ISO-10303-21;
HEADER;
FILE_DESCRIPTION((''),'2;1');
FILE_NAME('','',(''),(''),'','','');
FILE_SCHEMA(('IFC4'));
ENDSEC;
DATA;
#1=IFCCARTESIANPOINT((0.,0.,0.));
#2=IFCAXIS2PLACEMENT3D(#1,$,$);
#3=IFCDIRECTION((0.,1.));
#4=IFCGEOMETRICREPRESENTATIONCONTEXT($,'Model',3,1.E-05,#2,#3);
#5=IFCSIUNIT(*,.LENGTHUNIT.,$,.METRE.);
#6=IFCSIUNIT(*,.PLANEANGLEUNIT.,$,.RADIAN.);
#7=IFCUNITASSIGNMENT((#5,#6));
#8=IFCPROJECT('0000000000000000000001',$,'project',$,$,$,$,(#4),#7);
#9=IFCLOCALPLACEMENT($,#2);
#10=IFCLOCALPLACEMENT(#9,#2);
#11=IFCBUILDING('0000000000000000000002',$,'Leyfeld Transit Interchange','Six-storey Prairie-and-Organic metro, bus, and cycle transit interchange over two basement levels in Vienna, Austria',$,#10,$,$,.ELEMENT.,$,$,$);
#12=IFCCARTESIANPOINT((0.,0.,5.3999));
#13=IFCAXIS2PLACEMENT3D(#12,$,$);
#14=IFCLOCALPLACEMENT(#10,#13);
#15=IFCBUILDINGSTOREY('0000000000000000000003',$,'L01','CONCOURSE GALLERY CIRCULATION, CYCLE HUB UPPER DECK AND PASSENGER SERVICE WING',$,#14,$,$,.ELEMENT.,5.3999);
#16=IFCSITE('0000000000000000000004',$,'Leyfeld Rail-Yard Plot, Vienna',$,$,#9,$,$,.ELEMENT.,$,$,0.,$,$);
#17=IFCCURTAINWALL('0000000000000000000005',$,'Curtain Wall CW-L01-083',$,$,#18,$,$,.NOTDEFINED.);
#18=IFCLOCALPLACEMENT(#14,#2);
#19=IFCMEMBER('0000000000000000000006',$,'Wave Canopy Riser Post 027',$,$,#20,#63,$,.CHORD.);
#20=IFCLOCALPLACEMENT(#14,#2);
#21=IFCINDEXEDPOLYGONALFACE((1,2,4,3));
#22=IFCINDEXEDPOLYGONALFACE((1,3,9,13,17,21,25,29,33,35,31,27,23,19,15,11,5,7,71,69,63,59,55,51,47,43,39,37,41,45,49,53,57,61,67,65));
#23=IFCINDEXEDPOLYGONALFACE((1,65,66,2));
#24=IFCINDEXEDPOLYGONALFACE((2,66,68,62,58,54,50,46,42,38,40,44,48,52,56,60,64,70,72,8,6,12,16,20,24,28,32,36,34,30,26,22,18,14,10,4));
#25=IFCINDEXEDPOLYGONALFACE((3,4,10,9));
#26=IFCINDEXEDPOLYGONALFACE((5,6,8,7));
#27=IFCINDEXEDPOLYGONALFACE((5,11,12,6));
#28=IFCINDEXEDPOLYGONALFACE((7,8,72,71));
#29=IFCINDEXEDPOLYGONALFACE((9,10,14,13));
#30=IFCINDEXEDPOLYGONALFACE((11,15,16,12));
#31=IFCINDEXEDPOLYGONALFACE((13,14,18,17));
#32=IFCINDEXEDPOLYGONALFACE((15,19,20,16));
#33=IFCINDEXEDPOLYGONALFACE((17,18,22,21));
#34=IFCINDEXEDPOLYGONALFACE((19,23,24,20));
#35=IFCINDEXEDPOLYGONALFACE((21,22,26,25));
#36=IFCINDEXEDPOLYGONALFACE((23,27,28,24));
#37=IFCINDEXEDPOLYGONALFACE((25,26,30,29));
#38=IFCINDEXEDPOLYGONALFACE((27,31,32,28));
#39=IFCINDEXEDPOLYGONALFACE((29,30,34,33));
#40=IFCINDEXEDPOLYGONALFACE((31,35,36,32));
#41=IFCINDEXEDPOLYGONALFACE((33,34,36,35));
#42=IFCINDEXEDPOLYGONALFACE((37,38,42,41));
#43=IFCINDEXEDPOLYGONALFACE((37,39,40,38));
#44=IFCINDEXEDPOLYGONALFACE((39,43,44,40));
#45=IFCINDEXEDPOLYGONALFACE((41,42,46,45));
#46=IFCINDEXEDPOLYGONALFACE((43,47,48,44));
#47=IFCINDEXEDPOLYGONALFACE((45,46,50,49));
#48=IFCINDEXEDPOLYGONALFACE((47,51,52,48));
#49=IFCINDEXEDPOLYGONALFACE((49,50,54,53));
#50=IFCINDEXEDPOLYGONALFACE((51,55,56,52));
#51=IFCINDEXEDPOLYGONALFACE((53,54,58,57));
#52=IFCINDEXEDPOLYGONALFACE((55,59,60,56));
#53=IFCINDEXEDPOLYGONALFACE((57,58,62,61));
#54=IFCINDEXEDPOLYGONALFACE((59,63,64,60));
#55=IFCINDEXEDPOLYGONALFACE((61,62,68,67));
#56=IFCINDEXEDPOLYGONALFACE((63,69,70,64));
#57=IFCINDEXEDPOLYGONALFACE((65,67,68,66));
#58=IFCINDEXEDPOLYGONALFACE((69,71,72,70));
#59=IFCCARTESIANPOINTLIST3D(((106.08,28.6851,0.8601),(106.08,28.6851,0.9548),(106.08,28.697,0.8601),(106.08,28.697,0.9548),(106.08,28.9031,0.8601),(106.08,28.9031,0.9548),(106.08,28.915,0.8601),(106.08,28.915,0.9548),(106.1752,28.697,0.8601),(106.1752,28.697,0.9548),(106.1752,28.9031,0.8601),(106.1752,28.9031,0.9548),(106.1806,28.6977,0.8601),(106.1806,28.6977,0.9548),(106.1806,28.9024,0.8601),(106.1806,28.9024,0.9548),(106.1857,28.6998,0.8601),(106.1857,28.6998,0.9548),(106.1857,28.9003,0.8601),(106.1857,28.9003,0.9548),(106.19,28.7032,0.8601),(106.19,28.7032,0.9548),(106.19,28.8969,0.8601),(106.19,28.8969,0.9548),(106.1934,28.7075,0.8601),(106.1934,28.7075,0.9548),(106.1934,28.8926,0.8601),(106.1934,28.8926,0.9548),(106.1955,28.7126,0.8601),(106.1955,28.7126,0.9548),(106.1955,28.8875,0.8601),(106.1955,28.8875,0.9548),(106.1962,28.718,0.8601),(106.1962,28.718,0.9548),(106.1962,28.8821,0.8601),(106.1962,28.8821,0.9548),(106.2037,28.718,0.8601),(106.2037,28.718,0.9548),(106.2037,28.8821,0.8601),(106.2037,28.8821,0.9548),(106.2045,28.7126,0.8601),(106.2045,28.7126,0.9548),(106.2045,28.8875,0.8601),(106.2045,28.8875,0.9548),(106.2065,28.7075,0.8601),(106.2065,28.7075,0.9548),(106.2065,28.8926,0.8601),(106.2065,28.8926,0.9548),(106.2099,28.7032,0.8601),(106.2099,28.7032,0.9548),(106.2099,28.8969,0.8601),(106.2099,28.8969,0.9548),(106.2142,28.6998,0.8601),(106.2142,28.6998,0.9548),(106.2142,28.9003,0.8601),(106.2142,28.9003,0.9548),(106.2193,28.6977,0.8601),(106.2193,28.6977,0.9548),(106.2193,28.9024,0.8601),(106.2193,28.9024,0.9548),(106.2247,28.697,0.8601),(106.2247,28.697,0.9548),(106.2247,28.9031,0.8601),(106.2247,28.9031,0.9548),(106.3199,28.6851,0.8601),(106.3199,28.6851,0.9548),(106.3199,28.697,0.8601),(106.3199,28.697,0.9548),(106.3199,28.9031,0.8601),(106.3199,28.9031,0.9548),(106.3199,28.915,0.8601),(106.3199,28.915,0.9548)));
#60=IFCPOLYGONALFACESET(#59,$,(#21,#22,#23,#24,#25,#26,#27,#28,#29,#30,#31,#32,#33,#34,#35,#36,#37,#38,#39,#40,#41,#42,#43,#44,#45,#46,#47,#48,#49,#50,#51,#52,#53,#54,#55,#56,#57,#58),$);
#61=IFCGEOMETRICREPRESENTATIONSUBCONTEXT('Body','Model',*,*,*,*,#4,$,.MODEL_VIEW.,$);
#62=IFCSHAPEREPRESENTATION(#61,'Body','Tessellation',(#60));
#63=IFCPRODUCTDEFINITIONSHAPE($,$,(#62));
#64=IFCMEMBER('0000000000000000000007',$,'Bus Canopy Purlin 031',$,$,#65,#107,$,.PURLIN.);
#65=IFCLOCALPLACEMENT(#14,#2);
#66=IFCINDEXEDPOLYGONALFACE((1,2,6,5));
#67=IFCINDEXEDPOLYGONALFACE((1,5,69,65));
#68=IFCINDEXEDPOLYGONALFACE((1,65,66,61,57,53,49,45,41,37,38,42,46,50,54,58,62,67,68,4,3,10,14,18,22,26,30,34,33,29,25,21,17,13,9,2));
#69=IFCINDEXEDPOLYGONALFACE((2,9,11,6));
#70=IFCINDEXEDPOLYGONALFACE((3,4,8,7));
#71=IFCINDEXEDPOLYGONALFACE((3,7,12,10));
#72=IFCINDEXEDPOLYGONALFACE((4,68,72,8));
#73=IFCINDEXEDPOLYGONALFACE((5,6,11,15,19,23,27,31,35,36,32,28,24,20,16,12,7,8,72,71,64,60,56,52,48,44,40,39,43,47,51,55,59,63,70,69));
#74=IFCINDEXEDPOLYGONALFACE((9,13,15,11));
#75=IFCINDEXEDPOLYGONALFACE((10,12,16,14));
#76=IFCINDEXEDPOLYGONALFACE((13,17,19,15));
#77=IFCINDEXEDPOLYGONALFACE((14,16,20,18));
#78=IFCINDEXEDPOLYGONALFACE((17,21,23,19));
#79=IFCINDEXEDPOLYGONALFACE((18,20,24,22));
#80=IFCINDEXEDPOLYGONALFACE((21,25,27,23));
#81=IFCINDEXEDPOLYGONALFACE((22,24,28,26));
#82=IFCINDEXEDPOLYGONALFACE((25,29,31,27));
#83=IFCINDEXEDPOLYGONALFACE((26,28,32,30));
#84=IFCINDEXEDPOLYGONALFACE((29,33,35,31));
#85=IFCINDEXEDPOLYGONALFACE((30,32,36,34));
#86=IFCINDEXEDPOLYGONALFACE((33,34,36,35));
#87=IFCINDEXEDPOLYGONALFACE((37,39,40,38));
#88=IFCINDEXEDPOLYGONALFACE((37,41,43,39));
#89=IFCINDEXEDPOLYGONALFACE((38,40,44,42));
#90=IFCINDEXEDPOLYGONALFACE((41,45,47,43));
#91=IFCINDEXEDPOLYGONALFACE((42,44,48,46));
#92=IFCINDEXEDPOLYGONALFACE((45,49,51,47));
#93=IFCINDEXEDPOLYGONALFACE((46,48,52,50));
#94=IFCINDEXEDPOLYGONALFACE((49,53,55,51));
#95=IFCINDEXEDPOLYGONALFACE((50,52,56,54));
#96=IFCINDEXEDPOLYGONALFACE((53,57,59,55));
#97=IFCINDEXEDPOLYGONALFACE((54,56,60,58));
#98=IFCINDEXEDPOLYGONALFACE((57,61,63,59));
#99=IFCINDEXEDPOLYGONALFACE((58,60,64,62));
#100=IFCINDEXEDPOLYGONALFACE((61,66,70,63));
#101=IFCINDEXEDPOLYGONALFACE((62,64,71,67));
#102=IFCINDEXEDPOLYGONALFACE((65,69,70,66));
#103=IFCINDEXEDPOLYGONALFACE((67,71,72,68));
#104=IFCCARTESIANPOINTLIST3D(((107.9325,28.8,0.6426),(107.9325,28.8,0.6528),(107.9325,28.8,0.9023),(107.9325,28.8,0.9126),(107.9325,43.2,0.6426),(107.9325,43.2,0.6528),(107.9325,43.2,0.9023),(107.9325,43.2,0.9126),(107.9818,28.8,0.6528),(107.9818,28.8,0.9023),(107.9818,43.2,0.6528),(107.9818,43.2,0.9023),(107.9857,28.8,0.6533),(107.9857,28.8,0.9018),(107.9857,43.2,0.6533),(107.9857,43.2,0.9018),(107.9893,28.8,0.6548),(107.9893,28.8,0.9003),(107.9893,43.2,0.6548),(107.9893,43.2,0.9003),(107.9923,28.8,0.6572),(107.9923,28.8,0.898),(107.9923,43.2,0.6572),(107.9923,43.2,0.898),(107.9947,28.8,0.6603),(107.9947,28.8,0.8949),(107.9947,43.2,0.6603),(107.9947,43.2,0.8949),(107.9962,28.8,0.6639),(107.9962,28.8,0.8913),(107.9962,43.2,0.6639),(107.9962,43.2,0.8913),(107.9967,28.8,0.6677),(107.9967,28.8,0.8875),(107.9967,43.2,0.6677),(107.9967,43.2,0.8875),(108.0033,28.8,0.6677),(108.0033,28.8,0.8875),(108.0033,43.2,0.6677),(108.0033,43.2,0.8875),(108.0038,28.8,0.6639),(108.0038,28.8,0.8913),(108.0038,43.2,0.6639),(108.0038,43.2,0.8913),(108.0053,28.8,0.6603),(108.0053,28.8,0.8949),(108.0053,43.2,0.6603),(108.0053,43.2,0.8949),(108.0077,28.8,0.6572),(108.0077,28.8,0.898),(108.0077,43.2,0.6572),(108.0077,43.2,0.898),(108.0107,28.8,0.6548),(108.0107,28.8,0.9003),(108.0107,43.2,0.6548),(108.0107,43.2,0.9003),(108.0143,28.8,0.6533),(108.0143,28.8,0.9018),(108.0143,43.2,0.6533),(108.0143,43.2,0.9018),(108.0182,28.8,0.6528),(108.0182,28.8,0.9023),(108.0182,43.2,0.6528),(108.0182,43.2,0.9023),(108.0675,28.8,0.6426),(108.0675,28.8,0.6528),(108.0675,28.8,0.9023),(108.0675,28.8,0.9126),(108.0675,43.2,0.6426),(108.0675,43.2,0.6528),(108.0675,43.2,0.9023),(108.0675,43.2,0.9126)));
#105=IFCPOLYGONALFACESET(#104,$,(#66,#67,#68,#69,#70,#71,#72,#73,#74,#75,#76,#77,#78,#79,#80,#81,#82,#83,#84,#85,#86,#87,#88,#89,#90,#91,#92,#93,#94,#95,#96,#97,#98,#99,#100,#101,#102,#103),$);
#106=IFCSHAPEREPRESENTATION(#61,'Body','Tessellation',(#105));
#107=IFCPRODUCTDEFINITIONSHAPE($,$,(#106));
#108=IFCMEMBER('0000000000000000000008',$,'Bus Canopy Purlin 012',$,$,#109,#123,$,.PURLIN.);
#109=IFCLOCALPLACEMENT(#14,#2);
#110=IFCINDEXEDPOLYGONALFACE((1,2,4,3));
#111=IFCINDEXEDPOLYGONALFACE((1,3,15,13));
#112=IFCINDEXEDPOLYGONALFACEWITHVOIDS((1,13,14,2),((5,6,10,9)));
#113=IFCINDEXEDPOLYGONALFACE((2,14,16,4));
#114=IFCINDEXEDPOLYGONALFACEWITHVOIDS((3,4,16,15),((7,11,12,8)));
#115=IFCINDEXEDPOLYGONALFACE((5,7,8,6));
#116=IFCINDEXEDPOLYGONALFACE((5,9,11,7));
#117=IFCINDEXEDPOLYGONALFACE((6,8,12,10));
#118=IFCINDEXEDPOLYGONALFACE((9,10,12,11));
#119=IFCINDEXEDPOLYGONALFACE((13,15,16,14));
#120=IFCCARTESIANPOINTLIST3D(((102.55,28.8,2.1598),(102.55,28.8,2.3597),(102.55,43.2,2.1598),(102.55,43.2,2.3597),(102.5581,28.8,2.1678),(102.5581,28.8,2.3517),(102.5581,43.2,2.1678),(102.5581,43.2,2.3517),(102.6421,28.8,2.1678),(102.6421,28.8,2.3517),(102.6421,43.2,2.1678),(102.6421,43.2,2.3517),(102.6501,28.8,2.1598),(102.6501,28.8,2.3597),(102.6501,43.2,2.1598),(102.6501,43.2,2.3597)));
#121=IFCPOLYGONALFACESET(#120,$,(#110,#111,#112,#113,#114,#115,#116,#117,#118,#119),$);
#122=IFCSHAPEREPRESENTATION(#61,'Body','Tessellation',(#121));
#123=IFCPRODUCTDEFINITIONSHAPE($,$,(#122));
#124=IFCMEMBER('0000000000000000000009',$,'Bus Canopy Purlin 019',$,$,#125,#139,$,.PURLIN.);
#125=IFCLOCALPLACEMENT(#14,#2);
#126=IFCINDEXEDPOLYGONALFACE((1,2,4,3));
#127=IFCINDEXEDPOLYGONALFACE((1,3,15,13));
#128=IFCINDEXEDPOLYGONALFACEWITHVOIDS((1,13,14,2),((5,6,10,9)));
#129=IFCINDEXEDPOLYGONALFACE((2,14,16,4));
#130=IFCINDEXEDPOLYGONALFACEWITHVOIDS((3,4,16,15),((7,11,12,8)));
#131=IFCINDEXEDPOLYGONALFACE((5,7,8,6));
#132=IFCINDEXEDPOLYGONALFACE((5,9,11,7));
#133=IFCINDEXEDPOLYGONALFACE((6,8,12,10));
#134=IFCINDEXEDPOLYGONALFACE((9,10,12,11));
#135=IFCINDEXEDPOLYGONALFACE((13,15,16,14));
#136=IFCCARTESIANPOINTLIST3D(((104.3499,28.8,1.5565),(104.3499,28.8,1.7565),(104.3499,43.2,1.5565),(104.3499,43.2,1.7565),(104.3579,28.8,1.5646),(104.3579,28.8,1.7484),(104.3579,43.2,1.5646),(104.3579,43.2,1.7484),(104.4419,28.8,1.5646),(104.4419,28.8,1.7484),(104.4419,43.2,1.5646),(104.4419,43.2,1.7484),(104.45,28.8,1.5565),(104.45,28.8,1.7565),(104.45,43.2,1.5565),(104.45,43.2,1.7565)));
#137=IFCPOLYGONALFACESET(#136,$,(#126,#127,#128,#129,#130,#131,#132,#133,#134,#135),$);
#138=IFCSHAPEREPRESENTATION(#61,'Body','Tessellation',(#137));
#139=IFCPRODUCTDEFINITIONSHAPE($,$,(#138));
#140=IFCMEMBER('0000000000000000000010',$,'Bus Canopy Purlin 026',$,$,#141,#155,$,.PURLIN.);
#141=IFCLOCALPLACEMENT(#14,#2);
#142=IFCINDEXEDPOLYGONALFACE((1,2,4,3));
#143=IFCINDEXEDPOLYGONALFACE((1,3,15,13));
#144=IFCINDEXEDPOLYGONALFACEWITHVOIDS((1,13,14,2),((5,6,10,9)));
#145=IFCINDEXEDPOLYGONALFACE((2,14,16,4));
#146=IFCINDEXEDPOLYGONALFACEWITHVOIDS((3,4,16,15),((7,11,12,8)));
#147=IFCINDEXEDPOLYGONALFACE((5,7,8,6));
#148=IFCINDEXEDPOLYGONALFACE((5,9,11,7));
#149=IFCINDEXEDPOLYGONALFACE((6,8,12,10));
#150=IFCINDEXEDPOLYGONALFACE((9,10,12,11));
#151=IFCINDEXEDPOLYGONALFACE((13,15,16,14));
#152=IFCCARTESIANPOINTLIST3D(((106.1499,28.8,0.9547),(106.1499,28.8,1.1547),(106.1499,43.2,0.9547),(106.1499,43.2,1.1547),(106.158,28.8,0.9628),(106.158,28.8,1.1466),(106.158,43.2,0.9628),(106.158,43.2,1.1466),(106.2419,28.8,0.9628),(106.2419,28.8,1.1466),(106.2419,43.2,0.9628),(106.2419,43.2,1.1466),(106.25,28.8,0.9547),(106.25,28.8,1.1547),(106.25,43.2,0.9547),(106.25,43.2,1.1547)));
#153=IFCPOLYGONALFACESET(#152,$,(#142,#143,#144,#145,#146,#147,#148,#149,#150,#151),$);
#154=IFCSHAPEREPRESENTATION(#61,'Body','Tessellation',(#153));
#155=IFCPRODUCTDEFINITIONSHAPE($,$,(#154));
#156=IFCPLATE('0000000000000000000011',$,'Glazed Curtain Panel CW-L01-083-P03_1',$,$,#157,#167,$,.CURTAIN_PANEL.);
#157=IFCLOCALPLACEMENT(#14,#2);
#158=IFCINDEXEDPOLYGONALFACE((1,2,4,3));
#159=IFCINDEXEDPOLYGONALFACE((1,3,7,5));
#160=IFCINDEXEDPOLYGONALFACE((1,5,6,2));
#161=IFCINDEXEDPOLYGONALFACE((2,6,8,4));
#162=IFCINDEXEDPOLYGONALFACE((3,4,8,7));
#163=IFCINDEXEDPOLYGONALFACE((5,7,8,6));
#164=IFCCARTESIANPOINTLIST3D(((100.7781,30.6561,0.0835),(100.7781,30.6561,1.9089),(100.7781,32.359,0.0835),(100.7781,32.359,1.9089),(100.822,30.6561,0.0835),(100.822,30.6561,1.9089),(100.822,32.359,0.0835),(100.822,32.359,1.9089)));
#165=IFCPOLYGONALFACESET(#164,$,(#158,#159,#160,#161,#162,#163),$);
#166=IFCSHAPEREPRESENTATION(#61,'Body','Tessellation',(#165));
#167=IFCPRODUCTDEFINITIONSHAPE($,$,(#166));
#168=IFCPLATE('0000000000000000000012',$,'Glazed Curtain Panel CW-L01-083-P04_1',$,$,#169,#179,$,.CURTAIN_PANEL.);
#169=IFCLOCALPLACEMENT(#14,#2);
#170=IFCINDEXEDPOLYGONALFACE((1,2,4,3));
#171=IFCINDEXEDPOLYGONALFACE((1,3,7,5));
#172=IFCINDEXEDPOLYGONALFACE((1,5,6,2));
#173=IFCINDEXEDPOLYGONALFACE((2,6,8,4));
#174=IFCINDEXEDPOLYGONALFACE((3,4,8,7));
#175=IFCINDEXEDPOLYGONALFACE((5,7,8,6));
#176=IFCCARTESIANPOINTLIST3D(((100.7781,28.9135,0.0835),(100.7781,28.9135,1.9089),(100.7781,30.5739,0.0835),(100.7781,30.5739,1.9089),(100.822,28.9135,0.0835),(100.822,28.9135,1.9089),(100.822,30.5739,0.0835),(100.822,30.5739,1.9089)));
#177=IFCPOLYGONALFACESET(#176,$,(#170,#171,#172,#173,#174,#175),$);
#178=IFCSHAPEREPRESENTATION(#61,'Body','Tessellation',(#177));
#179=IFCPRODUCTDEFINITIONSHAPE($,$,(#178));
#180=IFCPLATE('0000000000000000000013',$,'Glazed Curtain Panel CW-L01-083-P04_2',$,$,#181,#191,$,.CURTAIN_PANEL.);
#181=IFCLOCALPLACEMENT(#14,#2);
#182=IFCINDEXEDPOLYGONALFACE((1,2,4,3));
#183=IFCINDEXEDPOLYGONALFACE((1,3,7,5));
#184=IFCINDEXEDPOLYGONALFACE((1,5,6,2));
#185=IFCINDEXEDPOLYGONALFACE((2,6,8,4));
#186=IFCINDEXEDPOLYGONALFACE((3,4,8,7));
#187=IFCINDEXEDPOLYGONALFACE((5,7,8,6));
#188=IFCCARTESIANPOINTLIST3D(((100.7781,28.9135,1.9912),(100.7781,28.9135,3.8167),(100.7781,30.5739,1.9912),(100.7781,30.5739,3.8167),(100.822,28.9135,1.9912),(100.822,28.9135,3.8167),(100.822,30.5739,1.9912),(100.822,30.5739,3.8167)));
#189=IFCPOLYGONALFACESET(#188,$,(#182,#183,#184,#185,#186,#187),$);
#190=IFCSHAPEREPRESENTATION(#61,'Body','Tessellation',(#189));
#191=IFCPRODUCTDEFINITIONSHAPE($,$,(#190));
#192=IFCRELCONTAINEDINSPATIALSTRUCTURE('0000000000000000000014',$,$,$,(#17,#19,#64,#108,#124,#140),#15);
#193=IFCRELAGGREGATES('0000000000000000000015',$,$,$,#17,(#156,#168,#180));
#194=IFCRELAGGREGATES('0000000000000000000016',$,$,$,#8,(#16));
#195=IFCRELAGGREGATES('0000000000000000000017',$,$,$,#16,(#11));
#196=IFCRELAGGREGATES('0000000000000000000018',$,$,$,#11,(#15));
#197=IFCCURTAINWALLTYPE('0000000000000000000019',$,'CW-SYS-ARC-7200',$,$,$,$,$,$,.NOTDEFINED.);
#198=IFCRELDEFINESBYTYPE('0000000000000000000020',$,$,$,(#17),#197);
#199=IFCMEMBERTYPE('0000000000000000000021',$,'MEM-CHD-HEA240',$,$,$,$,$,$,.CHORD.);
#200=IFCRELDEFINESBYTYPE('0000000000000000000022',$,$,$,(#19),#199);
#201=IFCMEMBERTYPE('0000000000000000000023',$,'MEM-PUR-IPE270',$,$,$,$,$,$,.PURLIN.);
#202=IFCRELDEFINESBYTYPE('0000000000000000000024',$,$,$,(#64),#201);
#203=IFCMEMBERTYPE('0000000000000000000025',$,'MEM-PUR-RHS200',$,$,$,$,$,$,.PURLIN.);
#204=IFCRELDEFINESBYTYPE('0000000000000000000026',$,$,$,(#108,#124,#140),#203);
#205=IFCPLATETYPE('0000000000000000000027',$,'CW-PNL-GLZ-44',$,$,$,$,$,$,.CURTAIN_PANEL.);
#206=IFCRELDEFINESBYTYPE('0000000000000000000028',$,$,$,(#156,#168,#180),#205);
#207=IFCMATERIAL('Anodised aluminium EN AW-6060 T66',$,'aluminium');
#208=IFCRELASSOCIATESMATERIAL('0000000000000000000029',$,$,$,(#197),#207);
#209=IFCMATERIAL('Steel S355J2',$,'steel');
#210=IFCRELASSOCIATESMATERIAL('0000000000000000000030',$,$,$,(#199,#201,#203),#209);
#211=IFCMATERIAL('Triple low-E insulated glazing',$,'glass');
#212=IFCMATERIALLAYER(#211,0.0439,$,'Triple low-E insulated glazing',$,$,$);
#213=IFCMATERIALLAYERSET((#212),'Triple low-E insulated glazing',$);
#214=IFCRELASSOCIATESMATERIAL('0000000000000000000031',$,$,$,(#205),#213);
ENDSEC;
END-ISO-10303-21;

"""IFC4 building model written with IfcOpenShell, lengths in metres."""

from ifc_helpers import new_model, si_unit, direction, frame, origin, origin_2d, place, context, subcontext, project, spatial, rectangle, hollow_rectangle, i_section, extrude, material, layer, layer_set, material_profile, profile_set, type_object, element, aggregate, save


model = new_model("IFC4")

# Units and contexts
model_context = context("Model", 3, precision=1e-05, world=origin(), true_north=direction((0.0, 1.0)))
body_context = subcontext(model_context, "Body", "Model", "MODEL_VIEW")
ifc_project = project(units=[si_unit("LENGTHUNIT", "METRE"), si_unit("PLANEANGLEUNIT", "RADIAN")], contexts=[model_context])

# Site, building, storey
site_placement = place(None, origin())
site = spatial("IfcSite", under=ifc_project, at=site_placement, Name="Leyfeld Rail-Yard Plot, Vienna", CompositionType="ELEMENT", RefElevation=0.0)
building_placement = place(site_placement, origin())
building = spatial("IfcBuilding", under=site, at=building_placement, Name="Leyfeld Transit Interchange", Description="Six-storey Prairie-and-Organic metro, bus, and cycle transit interchange over two basement levels in Vienna, Austria", CompositionType="ELEMENT")
storey_placement = place(building_placement, frame((0.0, 0.0, 5.3999)))
storey = spatial("IfcBuildingStorey", under=building, at=storey_placement, Name="L01", Description="CONCOURSE GALLERY CIRCULATION, CYCLE HUB UPPER DECK AND PASSENGER SERVICE WING", CompositionType="ELEMENT", Elevation=5.3999)

# Curtain wall
ifc_material_1 = material(Name="Anodised aluminium EN AW-6060 T66", Category="aluminium")
curtain_wall_type = type_object("IfcCurtainWallType", Name="CW-SYS-ARC-7200", PredefinedType="NOTDEFINED", material=ifc_material_1)
curtain_wall_placement = place(storey_placement, origin())
curtain_wall = element("IfcCurtainWall", 1, at=curtain_wall_placement, inside=storey, type_object=curtain_wall_type, Name="Curtain Wall CW-L01-083", PredefinedType="NOTDEFINED")

# Members
ifc_material_2 = material(Name="Steel S355J2", Category="steel")
ifc_material_profile_1 = material_profile(ifc_material_2, i_section(OverallWidth=0.24, OverallDepth=0.23, WebThickness=0.0076, FlangeThickness=0.012, FilletRadius=0.021, at=origin_2d()), Name="HEA 240")
ifc_profile_set_1 = profile_set([ifc_material_profile_1], Name="Steel S355J2")
member_type_1 = type_object("IfcMemberType", Name="MEM-CHD-HEA240", PredefinedType="CHORD", material=ifc_profile_set_1)
member_1_placement = place(storey_placement, frame((106.2, 28.8, 0.8601), z_axis=(0.0, 0.0, 1.0), x_axis=(1.0, 0.0, 0.0)))
element("IfcMember", 2, at=member_1_placement, inside=storey, type_object=member_type_1, Name="Wave Canopy Riser Post 027", PredefinedType="CHORD", context=body_context, shape_type="SweptSolid", body=[
    extrude(i_section(OverallWidth=0.24, OverallDepth=0.23, WebThickness=0.0076, FlangeThickness=0.012, FilletRadius=0.021, at=origin_2d()), origin(), (0.0, 0.0, 1.0), 0.0947),
])
ifc_material_profile_2 = material_profile(ifc_material_2, i_section(OverallWidth=0.135, OverallDepth=0.27, WebThickness=0.0066, FlangeThickness=0.0103, FilletRadius=0.0149, at=origin_2d()), Name="IPE 270")
ifc_profile_set_2 = profile_set([ifc_material_profile_2], Name="Steel S355J2")
member_type_2 = type_object("IfcMemberType", Name="MEM-PUR-IPE270", PredefinedType="PURLIN", material=ifc_profile_set_2)
member_2_placement = place(storey_placement, frame((108.0, 28.8, 0.7776), z_axis=(0.0, 1.0, 0.0), x_axis=(-1.0, 0.0, 0.0)))
element("IfcMember", 3, at=member_2_placement, inside=storey, type_object=member_type_2, Name="Bus Canopy Purlin 031", PredefinedType="PURLIN", context=body_context, shape_type="SweptSolid", body=[
    extrude(i_section(OverallWidth=0.135, OverallDepth=0.27, WebThickness=0.0066, FlangeThickness=0.0103, FilletRadius=0.0149, at=origin_2d()), origin(), (0.0, 0.0, 1.0), 14.3999),
])
ifc_material_profile_3 = material_profile(ifc_material_2, hollow_rectangle(XDim=0.1001, YDim=0.2, WallThickness=0.0081, at=origin_2d()), Name="RHS 200x100x8")
ifc_profile_set_3 = profile_set([ifc_material_profile_3], Name="Steel S355J2")
member_type_3 = type_object("IfcMemberType", Name="MEM-PUR-RHS200", PredefinedType="PURLIN", material=ifc_profile_set_3)
for number, where, z_axis, x_axis, name in (
    (4, (102.6001, 28.8, 2.2598), (0.0, 1.0, 0.0), (-1.0, 0.0, 0.0), "Bus Canopy Purlin 012"),
    (5, (104.3999, 28.8, 1.6565), (0.0, 1.0, 0.0), (-1.0, 0.0, 0.0), "Bus Canopy Purlin 019"),
    (6, (106.2, 28.8, 1.0547), (0.0, 1.0, 0.0), (-1.0, 0.0, 0.0), "Bus Canopy Purlin 026"),
):
    element("IfcMember", number, at=place(storey_placement, frame(where, z_axis=z_axis, x_axis=x_axis)), inside=storey, type_object=member_type_3, Name=name, PredefinedType="PURLIN", context=body_context, shape_type="SweptSolid", body=[
        extrude(hollow_rectangle(XDim=0.1001, YDim=0.2, WallThickness=0.0081, at=origin_2d()), origin(), (0.0, 0.0, 1.0), 14.3999),
    ])

# Plates
ifc_material_3 = material(Name="Triple low-E insulated glazing", Category="glass")
ifc_layer_1 = layer(ifc_material_3, 0.0439, Name="Triple low-E insulated glazing")
ifc_layer_set_1 = layer_set([ifc_layer_1], Name="Triple low-E insulated glazing")
plate_type = type_object("IfcPlateType", Name="CW-PNL-GLZ-44", PredefinedType="CURTAIN_PANEL", material=ifc_layer_set_1)
plate_1_placement = place(storey_placement, frame((100.8, 31.5076, 0.0835), z_axis=(0.0, 0.0, 1.0), x_axis=(0.0, -1.0, 0.0)))
plate_1 = element("IfcPlate", 7, at=plate_1_placement, type_object=plate_type, Name="Glazed Curtain Panel CW-L01-083-P03_1", PredefinedType="CURTAIN_PANEL", context=body_context, shape_type="SweptSolid", body=[
    extrude(rectangle(XDim=1.7029, YDim=0.0439, at=origin_2d()), origin(), (0.0, 0.0, 1.0), 1.8254),
])
plate_2_placement = place(storey_placement, frame((100.8, 29.7437, 0.0835), z_axis=(0.0, 0.0, 1.0), x_axis=(0.0, -1.0, 0.0)))
plate_2 = element("IfcPlate", 8, at=plate_2_placement, type_object=plate_type, Name="Glazed Curtain Panel CW-L01-083-P04_1", PredefinedType="CURTAIN_PANEL", context=body_context, shape_type="SweptSolid", body=[
    extrude(rectangle(XDim=1.6604, YDim=0.0439, at=origin_2d()), origin(), (0.0, 0.0, 1.0), 1.8254),
])
plate_3_placement = place(storey_placement, frame((100.8, 29.7437, 1.9912), z_axis=(0.0, 0.0, 1.0), x_axis=(0.0, -1.0, 0.0)))
plate_3 = element("IfcPlate", 9, at=plate_3_placement, type_object=plate_type, Name="Glazed Curtain Panel CW-L01-083-P04_2", PredefinedType="CURTAIN_PANEL", context=body_context, shape_type="SweptSolid", body=[
    extrude(rectangle(XDim=1.6604, YDim=0.0439, at=origin_2d()), origin(), (0.0, 0.0, 1.0), 1.8254),
])
aggregate(curtain_wall, [plate_1, plate_2, plate_3])

save(model, "model.ifc")
